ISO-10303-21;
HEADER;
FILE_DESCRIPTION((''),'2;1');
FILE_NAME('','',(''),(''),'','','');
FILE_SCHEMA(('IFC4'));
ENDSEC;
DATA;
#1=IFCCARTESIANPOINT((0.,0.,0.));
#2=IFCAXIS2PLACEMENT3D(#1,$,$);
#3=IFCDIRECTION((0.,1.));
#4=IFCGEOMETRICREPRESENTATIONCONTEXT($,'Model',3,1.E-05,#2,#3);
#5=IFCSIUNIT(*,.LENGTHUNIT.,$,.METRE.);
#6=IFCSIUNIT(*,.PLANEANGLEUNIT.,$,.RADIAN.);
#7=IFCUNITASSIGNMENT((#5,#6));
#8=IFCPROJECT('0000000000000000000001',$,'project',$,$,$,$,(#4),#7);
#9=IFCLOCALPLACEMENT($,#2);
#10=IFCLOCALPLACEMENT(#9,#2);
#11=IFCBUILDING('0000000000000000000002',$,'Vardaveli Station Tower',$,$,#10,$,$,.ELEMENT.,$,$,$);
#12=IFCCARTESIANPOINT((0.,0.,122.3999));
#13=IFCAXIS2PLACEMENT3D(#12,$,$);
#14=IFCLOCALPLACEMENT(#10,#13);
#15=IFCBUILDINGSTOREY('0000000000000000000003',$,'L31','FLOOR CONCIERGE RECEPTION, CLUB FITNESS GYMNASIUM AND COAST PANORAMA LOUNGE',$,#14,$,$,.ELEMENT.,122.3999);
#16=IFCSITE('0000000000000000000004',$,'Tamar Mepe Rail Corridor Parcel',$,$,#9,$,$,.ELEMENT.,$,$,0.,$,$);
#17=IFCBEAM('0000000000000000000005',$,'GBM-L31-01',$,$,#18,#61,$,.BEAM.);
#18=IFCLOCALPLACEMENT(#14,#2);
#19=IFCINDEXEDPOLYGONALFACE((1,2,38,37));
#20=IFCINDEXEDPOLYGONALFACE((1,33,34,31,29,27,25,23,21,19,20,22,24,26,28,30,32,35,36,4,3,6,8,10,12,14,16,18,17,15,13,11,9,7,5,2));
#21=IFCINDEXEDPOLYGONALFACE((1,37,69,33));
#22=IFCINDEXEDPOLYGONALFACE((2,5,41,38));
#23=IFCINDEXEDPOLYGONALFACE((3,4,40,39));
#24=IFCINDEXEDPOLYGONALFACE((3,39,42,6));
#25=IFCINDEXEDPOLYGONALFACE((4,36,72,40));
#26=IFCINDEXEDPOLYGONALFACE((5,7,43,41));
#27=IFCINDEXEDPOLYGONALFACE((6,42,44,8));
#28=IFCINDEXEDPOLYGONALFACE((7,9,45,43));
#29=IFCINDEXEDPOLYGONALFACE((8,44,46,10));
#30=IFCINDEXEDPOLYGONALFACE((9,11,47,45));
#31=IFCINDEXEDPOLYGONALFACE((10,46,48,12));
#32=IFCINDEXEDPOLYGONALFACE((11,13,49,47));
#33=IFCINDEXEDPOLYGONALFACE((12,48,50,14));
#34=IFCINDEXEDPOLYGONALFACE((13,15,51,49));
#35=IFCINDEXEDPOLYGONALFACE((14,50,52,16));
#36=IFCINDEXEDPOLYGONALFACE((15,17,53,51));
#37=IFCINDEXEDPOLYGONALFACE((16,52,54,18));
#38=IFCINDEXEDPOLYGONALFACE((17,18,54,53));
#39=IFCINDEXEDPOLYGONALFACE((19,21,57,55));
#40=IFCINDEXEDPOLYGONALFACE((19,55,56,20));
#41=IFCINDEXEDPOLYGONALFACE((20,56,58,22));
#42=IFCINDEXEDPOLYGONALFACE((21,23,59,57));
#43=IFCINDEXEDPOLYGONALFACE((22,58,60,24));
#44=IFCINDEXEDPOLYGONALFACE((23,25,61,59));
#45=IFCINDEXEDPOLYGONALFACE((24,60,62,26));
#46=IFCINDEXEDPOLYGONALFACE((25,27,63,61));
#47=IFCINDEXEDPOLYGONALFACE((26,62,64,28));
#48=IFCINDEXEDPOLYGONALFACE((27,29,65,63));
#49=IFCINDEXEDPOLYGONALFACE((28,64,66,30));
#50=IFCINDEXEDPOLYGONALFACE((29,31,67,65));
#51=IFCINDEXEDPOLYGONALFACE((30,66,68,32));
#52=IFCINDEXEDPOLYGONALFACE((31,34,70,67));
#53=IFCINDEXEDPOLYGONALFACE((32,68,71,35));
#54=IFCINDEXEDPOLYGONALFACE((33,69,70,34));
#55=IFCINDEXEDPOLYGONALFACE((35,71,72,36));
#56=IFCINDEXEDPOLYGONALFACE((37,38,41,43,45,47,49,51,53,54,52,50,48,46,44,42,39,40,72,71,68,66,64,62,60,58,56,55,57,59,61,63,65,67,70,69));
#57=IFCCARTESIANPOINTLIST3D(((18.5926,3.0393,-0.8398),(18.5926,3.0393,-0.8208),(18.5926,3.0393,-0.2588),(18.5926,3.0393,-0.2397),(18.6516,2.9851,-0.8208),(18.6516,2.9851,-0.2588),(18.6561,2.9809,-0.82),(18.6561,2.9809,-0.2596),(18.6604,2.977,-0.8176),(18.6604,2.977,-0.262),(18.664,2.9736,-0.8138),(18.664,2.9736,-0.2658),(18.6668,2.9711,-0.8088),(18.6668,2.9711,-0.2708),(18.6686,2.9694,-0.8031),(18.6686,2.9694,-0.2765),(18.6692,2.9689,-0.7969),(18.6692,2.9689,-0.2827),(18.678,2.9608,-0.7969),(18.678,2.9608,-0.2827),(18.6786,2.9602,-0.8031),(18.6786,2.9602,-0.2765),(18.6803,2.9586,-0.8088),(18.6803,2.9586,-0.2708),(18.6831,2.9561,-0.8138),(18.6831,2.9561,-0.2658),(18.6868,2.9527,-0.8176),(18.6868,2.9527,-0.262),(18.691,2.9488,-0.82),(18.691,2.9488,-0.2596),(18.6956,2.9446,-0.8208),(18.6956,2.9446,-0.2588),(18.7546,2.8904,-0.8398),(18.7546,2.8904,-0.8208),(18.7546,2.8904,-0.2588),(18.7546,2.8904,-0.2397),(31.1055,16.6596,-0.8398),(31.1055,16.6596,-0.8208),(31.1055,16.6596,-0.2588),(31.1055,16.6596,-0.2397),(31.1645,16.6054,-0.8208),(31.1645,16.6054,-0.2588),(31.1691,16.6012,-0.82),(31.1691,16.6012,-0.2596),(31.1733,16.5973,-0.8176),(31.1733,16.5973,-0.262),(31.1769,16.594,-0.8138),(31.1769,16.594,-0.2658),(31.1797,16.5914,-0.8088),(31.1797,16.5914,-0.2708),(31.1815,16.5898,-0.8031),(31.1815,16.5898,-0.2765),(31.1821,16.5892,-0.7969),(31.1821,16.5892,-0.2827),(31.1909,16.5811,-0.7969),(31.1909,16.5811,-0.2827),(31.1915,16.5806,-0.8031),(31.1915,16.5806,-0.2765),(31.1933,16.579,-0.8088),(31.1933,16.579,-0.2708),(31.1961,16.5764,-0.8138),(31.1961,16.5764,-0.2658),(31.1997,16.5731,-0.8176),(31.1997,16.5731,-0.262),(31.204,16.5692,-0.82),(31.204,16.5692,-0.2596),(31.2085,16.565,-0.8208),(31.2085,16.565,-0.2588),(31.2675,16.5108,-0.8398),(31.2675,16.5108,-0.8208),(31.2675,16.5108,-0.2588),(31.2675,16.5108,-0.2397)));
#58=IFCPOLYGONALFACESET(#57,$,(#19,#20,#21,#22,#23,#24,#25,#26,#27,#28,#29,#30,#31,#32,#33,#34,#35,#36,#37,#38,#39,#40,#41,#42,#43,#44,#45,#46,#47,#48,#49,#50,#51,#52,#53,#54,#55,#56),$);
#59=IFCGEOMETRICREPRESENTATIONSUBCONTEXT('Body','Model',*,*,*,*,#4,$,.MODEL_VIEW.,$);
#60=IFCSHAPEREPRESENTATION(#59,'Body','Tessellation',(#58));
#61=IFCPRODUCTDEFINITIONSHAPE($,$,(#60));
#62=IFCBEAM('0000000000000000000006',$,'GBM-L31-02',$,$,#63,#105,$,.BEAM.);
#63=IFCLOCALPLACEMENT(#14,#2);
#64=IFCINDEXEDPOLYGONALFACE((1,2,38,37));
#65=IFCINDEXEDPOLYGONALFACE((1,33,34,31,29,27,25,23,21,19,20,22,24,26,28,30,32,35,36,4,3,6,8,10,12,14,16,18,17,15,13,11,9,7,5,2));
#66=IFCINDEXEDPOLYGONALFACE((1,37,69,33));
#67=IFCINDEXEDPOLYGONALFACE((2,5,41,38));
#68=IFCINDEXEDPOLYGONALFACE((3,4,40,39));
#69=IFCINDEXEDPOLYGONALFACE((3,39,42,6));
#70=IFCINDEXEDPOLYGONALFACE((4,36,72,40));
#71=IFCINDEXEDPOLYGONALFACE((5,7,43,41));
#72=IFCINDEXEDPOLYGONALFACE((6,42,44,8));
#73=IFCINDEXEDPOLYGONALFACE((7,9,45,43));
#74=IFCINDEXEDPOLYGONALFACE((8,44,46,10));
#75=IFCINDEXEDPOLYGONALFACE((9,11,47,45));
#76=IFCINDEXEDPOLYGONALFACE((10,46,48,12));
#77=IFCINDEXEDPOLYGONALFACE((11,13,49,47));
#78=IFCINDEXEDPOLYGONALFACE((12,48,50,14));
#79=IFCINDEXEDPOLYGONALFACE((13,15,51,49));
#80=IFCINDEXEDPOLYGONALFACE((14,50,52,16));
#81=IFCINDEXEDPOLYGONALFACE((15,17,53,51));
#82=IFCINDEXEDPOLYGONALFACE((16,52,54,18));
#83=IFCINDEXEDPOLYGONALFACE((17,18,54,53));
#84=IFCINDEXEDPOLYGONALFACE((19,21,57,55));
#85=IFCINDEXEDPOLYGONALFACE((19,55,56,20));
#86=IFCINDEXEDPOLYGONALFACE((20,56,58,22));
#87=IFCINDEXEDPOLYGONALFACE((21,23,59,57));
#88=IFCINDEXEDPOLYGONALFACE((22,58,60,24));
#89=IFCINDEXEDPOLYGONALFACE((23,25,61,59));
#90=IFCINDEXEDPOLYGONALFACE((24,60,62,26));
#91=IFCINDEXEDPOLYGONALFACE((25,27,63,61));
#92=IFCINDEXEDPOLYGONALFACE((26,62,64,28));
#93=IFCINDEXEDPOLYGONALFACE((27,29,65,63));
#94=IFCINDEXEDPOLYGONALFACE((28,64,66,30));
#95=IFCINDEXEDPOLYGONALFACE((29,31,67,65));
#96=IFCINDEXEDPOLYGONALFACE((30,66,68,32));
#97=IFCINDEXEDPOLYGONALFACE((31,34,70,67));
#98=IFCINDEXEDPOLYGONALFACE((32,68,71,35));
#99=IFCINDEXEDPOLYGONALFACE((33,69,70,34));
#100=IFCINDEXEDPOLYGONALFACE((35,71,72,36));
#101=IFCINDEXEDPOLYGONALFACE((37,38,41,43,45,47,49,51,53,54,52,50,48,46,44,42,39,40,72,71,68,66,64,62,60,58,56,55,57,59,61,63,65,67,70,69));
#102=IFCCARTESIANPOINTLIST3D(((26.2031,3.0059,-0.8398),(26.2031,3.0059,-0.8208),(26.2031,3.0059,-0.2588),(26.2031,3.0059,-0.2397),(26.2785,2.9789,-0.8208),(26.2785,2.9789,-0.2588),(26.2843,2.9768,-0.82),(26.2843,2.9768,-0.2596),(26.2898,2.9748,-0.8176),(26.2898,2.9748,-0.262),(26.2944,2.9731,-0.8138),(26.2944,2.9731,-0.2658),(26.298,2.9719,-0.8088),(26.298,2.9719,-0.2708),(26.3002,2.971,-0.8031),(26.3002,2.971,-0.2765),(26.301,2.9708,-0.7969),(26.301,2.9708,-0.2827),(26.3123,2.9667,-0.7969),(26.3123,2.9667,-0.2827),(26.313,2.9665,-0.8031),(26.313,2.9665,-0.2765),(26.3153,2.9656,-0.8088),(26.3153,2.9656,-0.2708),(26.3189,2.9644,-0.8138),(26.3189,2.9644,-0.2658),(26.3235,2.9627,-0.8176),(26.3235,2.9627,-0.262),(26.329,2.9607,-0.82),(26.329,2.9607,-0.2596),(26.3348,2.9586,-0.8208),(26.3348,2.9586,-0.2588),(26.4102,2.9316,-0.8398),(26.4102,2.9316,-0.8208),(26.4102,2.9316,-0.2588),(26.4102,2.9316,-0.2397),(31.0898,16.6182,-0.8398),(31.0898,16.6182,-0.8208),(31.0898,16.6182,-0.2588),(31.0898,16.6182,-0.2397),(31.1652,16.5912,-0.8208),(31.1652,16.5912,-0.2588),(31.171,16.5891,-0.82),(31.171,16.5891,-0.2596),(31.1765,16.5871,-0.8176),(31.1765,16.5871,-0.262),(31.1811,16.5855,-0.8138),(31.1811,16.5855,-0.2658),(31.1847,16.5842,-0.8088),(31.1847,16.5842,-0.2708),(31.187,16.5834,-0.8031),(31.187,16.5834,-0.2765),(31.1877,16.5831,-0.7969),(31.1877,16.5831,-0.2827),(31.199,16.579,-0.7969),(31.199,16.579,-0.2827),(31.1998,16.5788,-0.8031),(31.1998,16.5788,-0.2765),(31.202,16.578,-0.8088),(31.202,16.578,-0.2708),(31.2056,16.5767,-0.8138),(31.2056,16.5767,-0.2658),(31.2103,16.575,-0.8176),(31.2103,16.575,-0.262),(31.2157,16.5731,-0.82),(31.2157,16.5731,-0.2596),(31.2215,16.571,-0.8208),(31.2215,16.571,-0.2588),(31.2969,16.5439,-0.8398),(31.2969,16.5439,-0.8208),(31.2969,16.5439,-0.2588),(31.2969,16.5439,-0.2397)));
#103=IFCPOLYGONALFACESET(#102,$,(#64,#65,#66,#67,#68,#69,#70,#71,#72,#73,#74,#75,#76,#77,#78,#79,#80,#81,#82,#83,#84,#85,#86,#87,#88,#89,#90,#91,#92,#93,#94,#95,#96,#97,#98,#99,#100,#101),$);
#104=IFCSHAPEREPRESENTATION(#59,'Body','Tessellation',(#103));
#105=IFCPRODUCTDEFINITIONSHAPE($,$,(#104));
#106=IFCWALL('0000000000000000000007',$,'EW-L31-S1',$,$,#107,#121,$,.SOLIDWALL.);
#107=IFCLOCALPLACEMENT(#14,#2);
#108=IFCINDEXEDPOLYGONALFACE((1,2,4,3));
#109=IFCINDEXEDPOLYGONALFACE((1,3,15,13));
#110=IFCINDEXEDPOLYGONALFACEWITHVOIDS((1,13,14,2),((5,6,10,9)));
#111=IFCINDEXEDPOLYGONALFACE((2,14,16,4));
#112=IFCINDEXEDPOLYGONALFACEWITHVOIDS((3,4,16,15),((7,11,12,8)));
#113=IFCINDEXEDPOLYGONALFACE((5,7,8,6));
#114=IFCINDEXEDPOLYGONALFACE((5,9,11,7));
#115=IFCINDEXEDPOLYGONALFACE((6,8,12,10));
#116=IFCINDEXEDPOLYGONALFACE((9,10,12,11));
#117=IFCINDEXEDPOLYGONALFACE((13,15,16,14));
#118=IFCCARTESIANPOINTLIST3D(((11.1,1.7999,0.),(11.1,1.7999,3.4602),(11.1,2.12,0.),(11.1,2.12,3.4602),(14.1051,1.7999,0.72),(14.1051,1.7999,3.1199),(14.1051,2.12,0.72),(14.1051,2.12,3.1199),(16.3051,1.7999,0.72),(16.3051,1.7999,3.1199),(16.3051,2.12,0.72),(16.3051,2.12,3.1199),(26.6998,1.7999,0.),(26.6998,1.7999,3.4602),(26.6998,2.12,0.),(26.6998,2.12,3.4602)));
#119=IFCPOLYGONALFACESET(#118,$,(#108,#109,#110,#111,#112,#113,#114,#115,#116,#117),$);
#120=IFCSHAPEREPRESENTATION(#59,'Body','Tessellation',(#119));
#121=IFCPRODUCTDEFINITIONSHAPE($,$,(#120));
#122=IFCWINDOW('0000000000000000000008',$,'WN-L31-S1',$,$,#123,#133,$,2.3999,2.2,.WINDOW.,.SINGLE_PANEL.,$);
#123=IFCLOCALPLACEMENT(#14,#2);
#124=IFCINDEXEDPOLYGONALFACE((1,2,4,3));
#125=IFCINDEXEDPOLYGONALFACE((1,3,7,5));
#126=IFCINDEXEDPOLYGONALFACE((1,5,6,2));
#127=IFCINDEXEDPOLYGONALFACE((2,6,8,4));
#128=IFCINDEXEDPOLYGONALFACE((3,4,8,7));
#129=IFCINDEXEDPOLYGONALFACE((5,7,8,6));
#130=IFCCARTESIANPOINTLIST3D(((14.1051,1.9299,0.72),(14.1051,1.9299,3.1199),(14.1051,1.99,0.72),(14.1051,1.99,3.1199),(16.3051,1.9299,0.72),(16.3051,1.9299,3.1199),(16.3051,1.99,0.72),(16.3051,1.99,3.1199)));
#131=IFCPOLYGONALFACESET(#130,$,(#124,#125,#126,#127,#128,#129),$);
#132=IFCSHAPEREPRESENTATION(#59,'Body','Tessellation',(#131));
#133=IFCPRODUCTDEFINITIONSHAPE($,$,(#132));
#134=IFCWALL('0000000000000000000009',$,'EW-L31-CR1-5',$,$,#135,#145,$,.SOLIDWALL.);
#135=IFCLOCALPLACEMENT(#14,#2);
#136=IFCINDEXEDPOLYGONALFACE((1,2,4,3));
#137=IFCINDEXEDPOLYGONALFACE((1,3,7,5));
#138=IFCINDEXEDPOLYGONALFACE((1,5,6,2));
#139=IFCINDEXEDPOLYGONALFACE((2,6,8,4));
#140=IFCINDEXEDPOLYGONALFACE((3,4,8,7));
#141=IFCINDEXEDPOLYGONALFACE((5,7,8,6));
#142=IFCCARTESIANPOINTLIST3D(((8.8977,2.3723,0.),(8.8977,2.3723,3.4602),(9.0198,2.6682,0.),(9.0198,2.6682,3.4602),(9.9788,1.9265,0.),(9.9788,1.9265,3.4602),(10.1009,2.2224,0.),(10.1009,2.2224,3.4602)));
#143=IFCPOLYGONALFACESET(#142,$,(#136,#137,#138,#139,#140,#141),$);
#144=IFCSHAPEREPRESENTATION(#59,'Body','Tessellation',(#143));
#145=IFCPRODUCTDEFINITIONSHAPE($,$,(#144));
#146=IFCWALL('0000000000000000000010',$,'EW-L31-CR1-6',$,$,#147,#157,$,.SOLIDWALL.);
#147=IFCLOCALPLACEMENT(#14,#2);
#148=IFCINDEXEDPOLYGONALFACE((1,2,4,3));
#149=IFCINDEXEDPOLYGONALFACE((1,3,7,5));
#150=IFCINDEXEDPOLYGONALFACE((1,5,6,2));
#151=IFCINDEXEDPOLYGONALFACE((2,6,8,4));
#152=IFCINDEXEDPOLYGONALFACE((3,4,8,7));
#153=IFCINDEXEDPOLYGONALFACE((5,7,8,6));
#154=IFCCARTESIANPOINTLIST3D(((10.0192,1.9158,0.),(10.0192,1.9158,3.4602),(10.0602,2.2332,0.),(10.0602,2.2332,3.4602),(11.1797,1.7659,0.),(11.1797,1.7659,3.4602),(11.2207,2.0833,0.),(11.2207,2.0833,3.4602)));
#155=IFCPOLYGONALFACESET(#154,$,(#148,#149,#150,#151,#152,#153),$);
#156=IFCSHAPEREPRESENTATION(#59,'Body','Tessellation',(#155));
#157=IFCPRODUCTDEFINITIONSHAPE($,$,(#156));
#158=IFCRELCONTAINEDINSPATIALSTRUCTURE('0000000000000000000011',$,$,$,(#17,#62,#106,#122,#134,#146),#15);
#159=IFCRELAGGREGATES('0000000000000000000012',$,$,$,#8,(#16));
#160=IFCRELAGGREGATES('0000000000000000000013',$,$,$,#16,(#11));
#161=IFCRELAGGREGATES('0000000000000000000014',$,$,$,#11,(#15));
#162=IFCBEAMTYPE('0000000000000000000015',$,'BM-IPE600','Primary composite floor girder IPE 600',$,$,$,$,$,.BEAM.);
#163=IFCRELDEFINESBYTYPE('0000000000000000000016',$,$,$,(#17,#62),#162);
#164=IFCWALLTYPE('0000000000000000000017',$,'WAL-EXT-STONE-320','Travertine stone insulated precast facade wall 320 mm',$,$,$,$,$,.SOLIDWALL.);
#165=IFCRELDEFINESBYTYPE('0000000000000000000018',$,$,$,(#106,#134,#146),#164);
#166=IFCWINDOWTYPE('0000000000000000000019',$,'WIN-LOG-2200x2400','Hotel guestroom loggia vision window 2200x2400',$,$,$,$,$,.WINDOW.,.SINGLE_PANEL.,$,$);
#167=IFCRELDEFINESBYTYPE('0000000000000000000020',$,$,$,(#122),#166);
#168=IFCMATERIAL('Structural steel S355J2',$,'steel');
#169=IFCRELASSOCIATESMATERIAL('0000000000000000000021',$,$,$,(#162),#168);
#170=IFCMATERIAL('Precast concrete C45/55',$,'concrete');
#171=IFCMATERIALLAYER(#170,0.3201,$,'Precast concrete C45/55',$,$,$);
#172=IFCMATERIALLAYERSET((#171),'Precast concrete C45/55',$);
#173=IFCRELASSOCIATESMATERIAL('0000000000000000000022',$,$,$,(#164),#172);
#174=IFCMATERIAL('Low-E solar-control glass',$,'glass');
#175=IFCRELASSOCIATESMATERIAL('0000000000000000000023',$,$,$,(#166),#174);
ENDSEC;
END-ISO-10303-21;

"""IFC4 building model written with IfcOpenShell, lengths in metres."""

from ifc_helpers import new_model, si_unit, direction, frame, frame_2d, origin, origin_2d, place, context, subcontext, project, spatial, rectangle, i_section, extrude, source, transform, mapped, material, layer, layer_set, material_profile, profile_set, type_object, element, fill, save


model = new_model("IFC4")

# Units and contexts
model_context = context("Model", 3, precision=1e-05, world=origin(), true_north=direction((0.0, 1.0)))
body_context = subcontext(model_context, "Body", "Model", "MODEL_VIEW")
ifc_project = project(units=[si_unit("LENGTHUNIT", "METRE"), si_unit("PLANEANGLEUNIT", "RADIAN")], contexts=[model_context])

# Site, building, storey
site_placement = place(None, origin())
site = spatial("IfcSite", under=ifc_project, at=site_placement, Name="Tamar Mepe Rail Corridor Parcel", CompositionType="ELEMENT", RefElevation=0.0)
building_placement = place(site_placement, origin())
building = spatial("IfcBuilding", under=site, at=building_placement, Name="Vardaveli Station Tower", CompositionType="ELEMENT")
storey_placement = place(building_placement, frame((0.0, 0.0, 122.3999)))
storey = spatial("IfcBuildingStorey", under=building, at=storey_placement, Name="L31", Description="FLOOR CONCIERGE RECEPTION, CLUB FITNESS GYMNASIUM AND COAST PANORAMA LOUNGE", CompositionType="ELEMENT", Elevation=122.3999)

# Beams
ifc_material_1 = material(Name="Precast concrete C45/55", Category="concrete")
ifc_material_2 = material(Name="Structural steel S355J2", Category="steel")
ifc_material_profile_1 = material_profile(ifc_material_2, i_section(OverallWidth=0.22, OverallDepth=0.6001, WebThickness=0.012, FlangeThickness=0.019, FilletRadius=0.0239, at=origin_2d()), Name="IPE 600")
ifc_profile_set_1 = profile_set([ifc_material_profile_1], Name="Structural steel S355J2")
beam_type_1 = type_object("IfcBeamType", Name="BM-IPE600", Description="Primary composite floor girder IPE 600", PredefinedType="BEAM", material=ifc_profile_set_1)
shared_shape_1 = source(origin(), body_context, "Body", "SweptSolid", [
    extrude(i_section(OverallWidth=0.22, OverallDepth=0.6001, WebThickness=0.012, FlangeThickness=0.019, FilletRadius=0.0239, at=origin_2d()), origin(), (0.0, 0.0, 1.0), 18.4956),
])
beam_1_placement = place(storey_placement, frame((18.6736, 2.9648, -0.5398), z_axis=(0.676535, 0.73641, 0.0), x_axis=(-0.73641, 0.676535, 0.0)))
element("IfcBeam", 1, at=beam_1_placement, inside=storey, type_object=beam_type_1, Name="GBM-L31-01", PredefinedType="BEAM", context=body_context, shape_type="MappedRepresentation", body=[
    mapped(shared_shape_1, transform((0.0, 0.0, 0.0), scale=1.0)),
])
shared_shape_2 = source(origin(), body_context, "Body", "SweptSolid", [
    extrude(i_section(OverallWidth=0.22, OverallDepth=0.6001, WebThickness=0.012, FlangeThickness=0.019, FilletRadius=0.0239, at=origin_2d()), origin(), (0.0, 0.0, 1.0), 14.4629),
])
beam_2_placement = place(storey_placement, frame((26.3066, 2.9688, -0.5398), z_axis=(0.33788, 0.941189, 0.0), x_axis=(-0.941189, 0.33788, 0.0)))
element("IfcBeam", 2, at=beam_2_placement, inside=storey, type_object=beam_type_1, Name="GBM-L31-02", PredefinedType="BEAM", context=body_context, shape_type="MappedRepresentation", body=[
    mapped(shared_shape_2, transform((0.0, 0.0, 0.0), scale=1.0)),
])

# Wall, opening, window
ifc_layer_1 = layer(ifc_material_1, 0.3201, Name="Precast concrete C45/55")
ifc_layer_set_1 = layer_set([ifc_layer_1], Name="Precast concrete C45/55")
wall_type_1 = type_object("IfcWallType", Name="WAL-EXT-STONE-320", Description="Travertine stone insulated precast facade wall 320 mm", PredefinedType="SOLIDWALL", material=ifc_layer_set_1)
shared_shape_3 = source(origin(), body_context, "Body", "SweptSolid", [
    extrude(rectangle(XDim=15.5999, YDim=0.3201, at=frame_2d((7.7998, 0.0))), origin(), (0.0, 0.0, 1.0), 3.4602),
])
wall_1_placement = place(storey_placement, frame((11.1001, 1.96, 0.0), z_axis=(0.0, 0.0, 1.0), x_axis=(1.0, 0.0, 0.0)))
wall_1 = element("IfcWall", 3, at=wall_1_placement, inside=storey, type_object=wall_type_1, Name="EW-L31-S1", PredefinedType="SOLIDWALL", context=body_context, shape_type="MappedRepresentation", body=[
    mapped(shared_shape_3, transform((0.0, 0.0, 0.0), scale=1.0)),
])
shared_shape_4 = source(origin(), body_context, "Body", "SweptSolid", [
    extrude(rectangle(XDim=2.2, YDim=2.3999, at=frame_2d((1.1001, 1.2))), frame((0.0, 0.1699, 0.0), z_axis=(0.0, -1.0, 0.0), x_axis=(1.0, 0.0, 0.0)), (0.0, 0.0, 1.0), 0.3401),
])
opening_1_placement = place(wall_1_placement, frame((3.0049, 0.0, 0.72)))
opening_1 = element("IfcOpeningElement", 4, at=opening_1_placement, cuts=wall_1, PredefinedType="OPENING", context=body_context, shape_type="MappedRepresentation", body=[
    mapped(shared_shape_4, transform((0.0, 0.0, 0.0), scale=1.0)),
])
ifc_material_3 = material(Name="Low-E solar-control glass", Category="glass")
window_type = type_object("IfcWindowType", Name="WIN-LOG-2200x2400", Description="Hotel guestroom loggia vision window 2200x2400", PartitioningType="SINGLE_PANEL", PredefinedType="WINDOW", material=ifc_material_3)
shared_shape_5 = source(origin(), body_context, "Body", "SweptSolid", [
    extrude(rectangle(XDim=2.2, YDim=2.3999, at=frame_2d((1.1001, 1.2))), frame((0.0, 0.03, 0.0), z_axis=(0.0, -1.0, 0.0), x_axis=(1.0, 0.0, 0.0)), (0.0, 0.0, 1.0), 0.0601),
])
window_placement = place(opening_1_placement, origin())
window = element("IfcWindow", 5, at=window_placement, inside=storey, type_object=window_type, Name="WN-L31-S1", OverallHeight=2.3999, OverallWidth=2.2, PartitioningType="SINGLE_PANEL", PredefinedType="WINDOW", context=body_context, shape_type="MappedRepresentation", body=[
    mapped(shared_shape_5, transform((0.0, 0.0, 0.0), scale=1.0)),
])
fill(opening_1, window)

# Walls
shared_shape_6 = source(origin(), body_context, "Body", "SweptSolid", [
    extrude(rectangle(XDim=1.1694, YDim=0.3201, at=frame_2d((0.5847, 0.0))), origin(), (0.0, 0.0, 1.0), 3.4602),
])
wall_2_placement = place(storey_placement, frame((8.9587, 2.5203, 0.0), z_axis=(0.0, 0.0, 1.0), x_axis=(0.924479, -0.381233, 0.0)))
element("IfcWall", 6, at=wall_2_placement, inside=storey, type_object=wall_type_1, Name="EW-L31-CR1-5", PredefinedType="SOLIDWALL", context=body_context, shape_type="MappedRepresentation", body=[
    mapped(shared_shape_6, transform((0.0, 0.0, 0.0), scale=1.0)),
])
shared_shape_7 = source(origin(), body_context, "Body", "SweptSolid", [
    extrude(rectangle(XDim=1.1702, YDim=0.3201, at=frame_2d((0.585, 0.0))), origin(), (0.0, 0.0, 1.0), 3.4602),
])
wall_3_placement = place(storey_placement, frame((10.0398, 2.0745, 0.0), z_axis=(0.0, 0.0, 1.0), x_axis=(0.991762, -0.12809, 0.0)))
element("IfcWall", 7, at=wall_3_placement, inside=storey, type_object=wall_type_1, Name="EW-L31-CR1-6", PredefinedType="SOLIDWALL", context=body_context, shape_type="MappedRepresentation", body=[
    mapped(shared_shape_7, transform((0.0, 0.0, 0.0), scale=1.0)),
])

save(model, "model.ifc")
